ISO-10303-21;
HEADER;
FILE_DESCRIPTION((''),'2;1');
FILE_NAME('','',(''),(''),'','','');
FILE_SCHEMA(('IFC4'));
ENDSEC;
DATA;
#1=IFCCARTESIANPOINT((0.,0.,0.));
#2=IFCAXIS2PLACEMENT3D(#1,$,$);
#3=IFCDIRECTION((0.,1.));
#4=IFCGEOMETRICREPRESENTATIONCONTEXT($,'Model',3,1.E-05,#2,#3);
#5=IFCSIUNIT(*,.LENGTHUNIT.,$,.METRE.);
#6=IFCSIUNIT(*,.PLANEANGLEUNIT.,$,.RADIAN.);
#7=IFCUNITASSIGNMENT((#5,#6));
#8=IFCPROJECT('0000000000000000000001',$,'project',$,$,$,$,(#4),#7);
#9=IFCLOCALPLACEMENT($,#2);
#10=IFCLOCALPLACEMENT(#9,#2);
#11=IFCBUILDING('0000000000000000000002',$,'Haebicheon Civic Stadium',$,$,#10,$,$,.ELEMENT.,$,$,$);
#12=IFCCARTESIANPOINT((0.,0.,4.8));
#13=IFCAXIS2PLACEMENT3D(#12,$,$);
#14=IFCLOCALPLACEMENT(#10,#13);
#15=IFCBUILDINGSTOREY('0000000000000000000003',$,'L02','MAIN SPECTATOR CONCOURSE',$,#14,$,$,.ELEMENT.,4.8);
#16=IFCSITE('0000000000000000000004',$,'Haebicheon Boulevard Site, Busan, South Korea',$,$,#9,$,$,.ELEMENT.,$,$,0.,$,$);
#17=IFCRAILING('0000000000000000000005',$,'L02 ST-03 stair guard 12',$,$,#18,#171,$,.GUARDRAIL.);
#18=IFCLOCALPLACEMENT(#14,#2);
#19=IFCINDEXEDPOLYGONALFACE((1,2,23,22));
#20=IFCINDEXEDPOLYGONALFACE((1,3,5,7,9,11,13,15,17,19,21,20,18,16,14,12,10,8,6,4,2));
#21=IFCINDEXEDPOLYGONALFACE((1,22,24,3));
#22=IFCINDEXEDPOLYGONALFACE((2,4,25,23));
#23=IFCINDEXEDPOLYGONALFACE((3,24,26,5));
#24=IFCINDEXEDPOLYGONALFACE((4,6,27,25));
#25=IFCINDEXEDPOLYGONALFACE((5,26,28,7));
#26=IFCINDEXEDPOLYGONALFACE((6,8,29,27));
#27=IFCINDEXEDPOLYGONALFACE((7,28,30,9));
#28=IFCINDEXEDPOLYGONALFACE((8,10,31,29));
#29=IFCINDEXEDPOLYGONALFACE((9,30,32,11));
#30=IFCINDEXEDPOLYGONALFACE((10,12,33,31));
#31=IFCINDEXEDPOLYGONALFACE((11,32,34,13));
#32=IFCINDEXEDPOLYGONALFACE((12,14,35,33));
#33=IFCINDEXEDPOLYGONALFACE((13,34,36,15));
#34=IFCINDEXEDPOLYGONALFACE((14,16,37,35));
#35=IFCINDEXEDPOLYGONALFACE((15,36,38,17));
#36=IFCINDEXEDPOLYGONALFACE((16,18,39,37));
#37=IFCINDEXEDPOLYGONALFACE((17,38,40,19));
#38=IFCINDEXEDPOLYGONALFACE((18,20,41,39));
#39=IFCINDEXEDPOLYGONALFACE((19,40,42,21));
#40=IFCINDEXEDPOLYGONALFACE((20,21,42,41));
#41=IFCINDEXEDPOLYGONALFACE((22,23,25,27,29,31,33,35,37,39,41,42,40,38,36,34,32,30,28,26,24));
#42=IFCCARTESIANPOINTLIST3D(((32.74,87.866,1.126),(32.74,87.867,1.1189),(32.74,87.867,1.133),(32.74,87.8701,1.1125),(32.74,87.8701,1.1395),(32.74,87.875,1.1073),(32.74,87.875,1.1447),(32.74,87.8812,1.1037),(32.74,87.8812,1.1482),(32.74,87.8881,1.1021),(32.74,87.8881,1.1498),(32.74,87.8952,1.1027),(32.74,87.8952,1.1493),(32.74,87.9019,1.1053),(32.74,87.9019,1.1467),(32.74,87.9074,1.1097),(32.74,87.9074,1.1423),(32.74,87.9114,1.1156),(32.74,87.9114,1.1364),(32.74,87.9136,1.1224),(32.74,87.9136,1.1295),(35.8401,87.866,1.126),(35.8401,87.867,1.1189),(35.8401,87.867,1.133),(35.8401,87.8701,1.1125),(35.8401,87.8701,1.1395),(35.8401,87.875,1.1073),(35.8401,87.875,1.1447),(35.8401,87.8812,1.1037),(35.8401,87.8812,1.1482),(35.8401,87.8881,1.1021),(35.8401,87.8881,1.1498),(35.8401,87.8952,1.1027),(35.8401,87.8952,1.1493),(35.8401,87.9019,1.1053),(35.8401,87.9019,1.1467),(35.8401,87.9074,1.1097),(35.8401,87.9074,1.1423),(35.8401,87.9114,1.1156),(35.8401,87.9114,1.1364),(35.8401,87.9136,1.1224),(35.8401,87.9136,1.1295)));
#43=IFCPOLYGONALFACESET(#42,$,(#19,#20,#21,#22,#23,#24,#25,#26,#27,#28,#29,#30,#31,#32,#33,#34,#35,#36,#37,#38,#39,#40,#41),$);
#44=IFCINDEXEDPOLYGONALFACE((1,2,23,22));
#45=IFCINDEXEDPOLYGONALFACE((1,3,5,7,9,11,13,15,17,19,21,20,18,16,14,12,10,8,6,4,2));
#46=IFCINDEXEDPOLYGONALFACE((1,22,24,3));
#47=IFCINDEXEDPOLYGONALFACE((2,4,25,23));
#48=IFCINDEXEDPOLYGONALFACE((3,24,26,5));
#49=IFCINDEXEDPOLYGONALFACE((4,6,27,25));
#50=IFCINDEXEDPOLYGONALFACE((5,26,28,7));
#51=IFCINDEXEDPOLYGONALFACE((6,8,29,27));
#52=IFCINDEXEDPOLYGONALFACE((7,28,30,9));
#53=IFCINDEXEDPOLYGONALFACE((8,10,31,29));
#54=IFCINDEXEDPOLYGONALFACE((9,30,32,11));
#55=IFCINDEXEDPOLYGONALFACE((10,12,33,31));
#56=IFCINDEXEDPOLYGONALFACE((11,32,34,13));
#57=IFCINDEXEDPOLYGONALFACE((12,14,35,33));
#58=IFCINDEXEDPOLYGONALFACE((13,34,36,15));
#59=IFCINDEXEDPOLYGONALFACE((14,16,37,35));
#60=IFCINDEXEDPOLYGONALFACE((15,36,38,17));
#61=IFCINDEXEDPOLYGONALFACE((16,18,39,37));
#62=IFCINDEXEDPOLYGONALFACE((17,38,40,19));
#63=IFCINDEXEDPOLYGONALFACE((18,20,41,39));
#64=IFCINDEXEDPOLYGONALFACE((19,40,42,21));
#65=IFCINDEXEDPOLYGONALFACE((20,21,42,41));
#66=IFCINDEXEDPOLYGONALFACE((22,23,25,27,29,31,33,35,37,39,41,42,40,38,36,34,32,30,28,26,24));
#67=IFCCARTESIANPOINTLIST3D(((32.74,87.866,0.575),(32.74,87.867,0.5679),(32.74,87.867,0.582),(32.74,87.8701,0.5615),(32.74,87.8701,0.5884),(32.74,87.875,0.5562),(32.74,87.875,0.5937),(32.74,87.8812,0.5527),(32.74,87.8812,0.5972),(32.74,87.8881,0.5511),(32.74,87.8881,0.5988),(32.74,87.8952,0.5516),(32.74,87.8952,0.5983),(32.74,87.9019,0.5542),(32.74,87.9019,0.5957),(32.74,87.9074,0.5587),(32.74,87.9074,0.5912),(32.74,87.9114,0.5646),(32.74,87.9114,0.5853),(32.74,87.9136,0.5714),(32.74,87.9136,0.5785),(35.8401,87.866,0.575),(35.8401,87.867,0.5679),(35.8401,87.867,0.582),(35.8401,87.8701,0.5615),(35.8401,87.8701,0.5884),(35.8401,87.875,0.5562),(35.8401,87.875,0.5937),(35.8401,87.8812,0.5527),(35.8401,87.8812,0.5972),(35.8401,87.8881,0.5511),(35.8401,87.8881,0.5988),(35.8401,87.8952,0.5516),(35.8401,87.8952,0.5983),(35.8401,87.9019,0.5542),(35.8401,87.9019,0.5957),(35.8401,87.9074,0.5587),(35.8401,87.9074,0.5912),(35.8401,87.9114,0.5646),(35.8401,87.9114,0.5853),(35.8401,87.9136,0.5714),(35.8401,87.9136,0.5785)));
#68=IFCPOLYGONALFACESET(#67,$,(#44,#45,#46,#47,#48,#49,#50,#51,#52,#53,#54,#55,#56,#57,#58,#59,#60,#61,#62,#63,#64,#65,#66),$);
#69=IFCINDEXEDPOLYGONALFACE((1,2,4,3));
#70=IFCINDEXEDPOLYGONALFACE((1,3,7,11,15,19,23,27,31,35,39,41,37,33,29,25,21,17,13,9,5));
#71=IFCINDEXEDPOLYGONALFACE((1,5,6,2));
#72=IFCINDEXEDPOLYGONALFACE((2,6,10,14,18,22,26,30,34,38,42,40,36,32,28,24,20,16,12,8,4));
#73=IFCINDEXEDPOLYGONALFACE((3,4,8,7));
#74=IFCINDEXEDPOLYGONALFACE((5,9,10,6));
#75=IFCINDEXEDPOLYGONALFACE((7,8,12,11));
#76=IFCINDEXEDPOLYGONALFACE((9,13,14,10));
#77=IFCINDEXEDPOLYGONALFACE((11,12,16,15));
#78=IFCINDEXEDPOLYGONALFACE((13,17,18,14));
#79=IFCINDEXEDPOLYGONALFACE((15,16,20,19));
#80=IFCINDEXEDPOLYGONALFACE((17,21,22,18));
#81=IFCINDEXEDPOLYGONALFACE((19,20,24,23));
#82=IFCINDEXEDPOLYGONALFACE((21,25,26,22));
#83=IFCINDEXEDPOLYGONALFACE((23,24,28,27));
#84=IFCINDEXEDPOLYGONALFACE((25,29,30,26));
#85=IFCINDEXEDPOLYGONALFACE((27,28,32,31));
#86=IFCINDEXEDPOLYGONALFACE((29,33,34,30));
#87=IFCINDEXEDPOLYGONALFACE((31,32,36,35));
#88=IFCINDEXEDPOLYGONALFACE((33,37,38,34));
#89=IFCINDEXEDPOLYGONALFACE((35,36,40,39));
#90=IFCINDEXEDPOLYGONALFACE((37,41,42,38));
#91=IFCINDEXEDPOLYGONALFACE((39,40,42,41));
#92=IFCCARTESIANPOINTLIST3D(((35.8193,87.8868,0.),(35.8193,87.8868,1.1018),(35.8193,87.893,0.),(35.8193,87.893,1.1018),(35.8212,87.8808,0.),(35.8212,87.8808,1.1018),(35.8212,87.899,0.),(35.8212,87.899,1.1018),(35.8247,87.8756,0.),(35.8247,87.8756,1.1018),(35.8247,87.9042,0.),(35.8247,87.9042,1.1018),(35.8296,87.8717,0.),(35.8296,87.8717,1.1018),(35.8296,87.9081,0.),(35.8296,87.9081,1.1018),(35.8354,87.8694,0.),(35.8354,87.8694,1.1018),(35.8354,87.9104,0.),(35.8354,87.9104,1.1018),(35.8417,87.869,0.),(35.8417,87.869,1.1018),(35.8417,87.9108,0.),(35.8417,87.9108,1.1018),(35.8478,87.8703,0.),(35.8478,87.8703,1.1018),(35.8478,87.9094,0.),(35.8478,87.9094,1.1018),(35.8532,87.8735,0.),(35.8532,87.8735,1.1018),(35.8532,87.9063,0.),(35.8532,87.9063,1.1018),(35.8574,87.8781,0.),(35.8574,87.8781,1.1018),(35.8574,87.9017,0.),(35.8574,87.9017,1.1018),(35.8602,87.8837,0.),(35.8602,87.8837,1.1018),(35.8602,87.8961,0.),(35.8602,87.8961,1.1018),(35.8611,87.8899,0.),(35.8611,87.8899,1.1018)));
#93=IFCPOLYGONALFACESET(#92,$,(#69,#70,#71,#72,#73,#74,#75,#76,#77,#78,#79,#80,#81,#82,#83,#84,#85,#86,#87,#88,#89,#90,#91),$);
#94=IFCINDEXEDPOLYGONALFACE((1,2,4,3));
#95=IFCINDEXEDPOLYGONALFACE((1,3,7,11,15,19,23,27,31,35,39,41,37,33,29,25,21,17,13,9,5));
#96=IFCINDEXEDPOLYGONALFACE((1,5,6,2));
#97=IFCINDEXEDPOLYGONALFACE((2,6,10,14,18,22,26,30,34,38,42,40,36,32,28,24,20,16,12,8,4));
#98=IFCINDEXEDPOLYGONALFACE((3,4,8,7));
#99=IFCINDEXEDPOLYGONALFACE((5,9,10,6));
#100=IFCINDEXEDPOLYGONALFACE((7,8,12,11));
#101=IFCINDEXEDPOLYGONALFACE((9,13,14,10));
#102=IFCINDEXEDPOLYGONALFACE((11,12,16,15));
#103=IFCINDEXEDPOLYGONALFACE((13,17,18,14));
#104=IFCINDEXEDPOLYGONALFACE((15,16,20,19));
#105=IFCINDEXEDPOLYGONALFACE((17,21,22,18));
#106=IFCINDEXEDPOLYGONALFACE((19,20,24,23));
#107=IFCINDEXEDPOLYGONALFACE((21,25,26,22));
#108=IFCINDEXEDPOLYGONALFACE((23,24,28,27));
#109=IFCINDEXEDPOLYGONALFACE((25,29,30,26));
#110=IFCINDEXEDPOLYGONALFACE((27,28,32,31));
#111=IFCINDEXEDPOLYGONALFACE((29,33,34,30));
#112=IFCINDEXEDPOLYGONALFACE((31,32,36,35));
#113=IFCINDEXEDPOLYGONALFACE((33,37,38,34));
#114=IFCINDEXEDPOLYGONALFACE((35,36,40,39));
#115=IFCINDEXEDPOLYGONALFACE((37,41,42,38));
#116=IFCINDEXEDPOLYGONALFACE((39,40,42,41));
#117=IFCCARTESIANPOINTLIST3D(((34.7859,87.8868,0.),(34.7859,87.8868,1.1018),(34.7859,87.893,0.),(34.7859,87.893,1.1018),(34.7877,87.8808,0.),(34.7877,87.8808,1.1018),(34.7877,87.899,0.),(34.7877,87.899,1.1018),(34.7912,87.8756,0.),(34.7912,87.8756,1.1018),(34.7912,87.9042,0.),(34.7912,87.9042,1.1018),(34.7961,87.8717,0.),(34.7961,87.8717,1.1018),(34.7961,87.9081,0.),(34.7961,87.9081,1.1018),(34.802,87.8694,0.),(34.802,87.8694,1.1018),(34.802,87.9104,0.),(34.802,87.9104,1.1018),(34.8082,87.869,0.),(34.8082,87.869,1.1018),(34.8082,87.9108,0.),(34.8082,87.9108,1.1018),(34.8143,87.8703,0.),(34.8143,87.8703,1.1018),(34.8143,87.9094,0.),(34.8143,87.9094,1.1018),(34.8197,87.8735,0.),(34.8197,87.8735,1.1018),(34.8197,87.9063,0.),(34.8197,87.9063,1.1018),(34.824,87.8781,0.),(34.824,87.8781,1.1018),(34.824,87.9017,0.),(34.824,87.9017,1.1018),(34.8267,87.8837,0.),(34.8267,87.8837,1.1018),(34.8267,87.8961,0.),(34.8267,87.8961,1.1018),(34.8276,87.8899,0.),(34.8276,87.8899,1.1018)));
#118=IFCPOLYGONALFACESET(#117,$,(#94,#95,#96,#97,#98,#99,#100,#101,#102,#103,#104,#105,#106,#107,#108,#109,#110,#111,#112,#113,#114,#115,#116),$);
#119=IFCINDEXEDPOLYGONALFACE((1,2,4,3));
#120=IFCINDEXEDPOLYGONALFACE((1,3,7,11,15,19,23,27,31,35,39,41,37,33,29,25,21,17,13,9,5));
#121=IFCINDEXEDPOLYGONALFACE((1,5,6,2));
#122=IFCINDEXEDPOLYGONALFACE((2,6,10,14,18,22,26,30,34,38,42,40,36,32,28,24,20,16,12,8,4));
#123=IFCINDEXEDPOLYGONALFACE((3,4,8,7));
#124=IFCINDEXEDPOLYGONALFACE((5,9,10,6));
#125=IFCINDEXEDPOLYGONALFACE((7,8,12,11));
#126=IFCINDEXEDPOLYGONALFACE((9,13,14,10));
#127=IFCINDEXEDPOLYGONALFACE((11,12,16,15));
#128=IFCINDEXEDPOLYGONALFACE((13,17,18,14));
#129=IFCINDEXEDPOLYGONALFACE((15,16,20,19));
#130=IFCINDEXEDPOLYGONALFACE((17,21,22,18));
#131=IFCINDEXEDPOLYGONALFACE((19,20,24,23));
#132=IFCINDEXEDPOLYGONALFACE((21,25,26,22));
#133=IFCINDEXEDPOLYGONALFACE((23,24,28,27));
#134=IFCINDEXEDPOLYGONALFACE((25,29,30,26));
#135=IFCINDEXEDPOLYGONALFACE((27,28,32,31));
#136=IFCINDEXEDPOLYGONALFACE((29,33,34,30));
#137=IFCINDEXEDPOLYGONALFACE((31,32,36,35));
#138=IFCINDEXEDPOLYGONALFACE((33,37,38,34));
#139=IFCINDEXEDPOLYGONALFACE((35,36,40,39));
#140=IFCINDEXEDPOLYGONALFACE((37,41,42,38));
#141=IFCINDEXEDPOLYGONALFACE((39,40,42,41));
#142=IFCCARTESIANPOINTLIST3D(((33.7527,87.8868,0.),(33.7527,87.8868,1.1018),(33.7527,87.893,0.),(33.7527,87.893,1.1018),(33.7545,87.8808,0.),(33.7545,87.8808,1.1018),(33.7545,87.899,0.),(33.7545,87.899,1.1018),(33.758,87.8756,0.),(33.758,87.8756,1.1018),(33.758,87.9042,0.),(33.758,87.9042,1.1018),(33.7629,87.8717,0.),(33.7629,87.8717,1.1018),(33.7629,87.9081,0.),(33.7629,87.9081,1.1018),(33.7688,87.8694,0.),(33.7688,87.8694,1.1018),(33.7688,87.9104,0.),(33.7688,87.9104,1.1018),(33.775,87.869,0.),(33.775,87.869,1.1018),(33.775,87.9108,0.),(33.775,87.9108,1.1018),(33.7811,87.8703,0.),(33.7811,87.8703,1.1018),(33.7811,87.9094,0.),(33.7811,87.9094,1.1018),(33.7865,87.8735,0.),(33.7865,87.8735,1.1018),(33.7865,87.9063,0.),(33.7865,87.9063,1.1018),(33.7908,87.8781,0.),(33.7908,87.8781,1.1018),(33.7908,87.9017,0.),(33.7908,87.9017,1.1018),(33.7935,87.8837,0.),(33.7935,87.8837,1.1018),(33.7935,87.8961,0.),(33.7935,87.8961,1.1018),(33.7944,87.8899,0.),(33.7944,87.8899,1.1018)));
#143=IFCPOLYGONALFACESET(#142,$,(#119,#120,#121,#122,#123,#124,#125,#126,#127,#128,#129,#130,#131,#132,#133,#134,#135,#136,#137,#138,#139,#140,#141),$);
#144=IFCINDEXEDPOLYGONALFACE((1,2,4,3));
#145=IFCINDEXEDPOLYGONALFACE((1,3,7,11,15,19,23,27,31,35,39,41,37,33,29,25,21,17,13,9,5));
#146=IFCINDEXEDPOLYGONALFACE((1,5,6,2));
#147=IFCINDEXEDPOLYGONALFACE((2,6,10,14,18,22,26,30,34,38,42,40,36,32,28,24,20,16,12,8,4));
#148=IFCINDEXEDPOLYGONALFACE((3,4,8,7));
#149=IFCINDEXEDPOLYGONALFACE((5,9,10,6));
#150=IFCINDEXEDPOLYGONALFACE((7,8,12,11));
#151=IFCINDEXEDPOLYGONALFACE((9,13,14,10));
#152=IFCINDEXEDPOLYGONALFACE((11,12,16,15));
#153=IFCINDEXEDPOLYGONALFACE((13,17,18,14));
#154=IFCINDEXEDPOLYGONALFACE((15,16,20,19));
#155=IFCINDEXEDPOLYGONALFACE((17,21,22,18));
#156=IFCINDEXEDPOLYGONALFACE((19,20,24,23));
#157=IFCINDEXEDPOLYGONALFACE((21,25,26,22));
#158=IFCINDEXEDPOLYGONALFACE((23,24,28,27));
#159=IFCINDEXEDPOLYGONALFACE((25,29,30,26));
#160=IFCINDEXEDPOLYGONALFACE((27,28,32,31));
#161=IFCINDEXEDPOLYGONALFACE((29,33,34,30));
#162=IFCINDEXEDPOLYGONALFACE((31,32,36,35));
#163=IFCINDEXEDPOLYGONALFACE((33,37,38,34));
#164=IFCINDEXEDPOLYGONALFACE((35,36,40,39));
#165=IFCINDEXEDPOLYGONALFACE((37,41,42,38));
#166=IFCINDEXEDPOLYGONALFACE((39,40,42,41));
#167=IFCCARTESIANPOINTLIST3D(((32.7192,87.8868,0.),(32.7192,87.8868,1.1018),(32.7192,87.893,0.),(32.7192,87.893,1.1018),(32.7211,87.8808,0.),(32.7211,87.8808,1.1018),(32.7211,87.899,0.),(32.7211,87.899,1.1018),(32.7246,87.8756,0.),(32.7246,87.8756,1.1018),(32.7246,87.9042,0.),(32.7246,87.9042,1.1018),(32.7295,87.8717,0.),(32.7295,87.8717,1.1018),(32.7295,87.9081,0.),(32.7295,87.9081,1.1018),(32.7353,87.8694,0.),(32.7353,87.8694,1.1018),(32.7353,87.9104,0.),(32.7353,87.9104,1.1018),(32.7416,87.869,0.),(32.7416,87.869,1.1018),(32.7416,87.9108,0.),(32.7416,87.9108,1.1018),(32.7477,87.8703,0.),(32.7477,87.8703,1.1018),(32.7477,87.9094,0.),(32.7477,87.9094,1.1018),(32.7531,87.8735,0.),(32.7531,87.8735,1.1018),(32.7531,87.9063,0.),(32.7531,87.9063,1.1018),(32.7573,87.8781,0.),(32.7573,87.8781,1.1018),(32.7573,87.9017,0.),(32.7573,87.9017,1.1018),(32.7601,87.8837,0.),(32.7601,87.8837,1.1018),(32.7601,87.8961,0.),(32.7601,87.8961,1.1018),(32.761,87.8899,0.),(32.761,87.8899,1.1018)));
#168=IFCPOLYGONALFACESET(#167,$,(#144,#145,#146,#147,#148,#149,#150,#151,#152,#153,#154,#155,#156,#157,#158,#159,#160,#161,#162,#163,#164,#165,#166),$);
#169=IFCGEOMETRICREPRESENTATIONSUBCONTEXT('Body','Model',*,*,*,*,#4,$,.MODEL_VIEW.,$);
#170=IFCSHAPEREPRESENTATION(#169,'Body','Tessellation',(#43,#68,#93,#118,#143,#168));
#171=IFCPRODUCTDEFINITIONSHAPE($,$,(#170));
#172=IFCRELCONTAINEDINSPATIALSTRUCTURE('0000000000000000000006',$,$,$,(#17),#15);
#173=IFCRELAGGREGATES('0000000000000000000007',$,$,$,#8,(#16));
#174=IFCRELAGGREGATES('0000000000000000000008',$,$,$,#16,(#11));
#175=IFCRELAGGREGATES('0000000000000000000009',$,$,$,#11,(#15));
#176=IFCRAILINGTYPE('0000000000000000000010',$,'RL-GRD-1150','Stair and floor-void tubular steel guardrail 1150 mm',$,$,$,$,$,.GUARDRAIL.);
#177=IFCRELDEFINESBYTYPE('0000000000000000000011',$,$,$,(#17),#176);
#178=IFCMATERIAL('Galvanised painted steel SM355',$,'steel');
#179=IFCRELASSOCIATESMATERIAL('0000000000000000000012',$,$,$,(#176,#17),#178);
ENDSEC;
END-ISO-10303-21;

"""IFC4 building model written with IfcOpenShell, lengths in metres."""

from ifc_helpers import new_model, si_unit, direction, frame, origin, origin_2d, place, context, subcontext, project, spatial, circle, extrude, material, type_object, element, save


model = new_model("IFC4")

# Units and contexts
model_context = context("Model", 3, precision=1e-05, world=origin(), true_north=direction((0.0, 1.0)))
body_context = subcontext(model_context, "Body", "Model", "MODEL_VIEW")
ifc_project = project(units=[si_unit("LENGTHUNIT", "METRE"), si_unit("PLANEANGLEUNIT", "RADIAN")], contexts=[model_context])

# Site, building, storey
site_placement = place(None, origin())
site = spatial("IfcSite", under=ifc_project, at=site_placement, Name="Haebicheon Boulevard Site, Busan, South Korea", CompositionType="ELEMENT", RefElevation=0.0)
building_placement = place(site_placement, origin())
building = spatial("IfcBuilding", under=site, at=building_placement, Name="Haebicheon Civic Stadium", CompositionType="ELEMENT")
storey_placement = place(building_placement, frame((0.0, 0.0, 4.8)))
storey = spatial("IfcBuildingStorey", under=building, at=storey_placement, Name="L02", Description="MAIN SPECTATOR CONCOURSE", CompositionType="ELEMENT", Elevation=4.8)

# Railing
ifc_material_1 = material(Name="Galvanised painted steel SM355", Category="steel")
railing_type_1 = type_object("IfcRailingType", Name="RL-GRD-1150", Description="Stair and floor-void tubular steel guardrail 1150 mm", PredefinedType="GUARDRAIL", material=ifc_material_1)
railing_1_placement = place(storey_placement, frame((35.8401, 87.8899, 0.0)))
element("IfcRailing", 1, at=railing_1_placement, inside=storey, type_object=railing_type_1, material=ifc_material_1, Name="L02 ST-03 stair guard 12", PredefinedType="GUARDRAIL", context=body_context, shape_type="SweptSolid", body=[
    extrude(circle(Radius=0.0239, at=origin_2d()), frame((0.0, 0.0, 1.126), z_axis=(-1.0, 0.0, 0.0), x_axis=(0.0, -1.0, 0.0)), (0.0, 0.0, 1.0), 3.1001),
    extrude(circle(Radius=0.0239, at=origin_2d()), frame((0.0, 0.0, 0.575), z_axis=(-1.0, 0.0, 0.0), x_axis=(0.0, -1.0, 0.0)), (0.0, 0.0, 1.0), 3.1001),
    extrude(circle(Radius=0.021, at=origin_2d()), origin(), (0.0, 0.0, 1.0), 1.1018),
    extrude(circle(Radius=0.021, at=origin_2d()), frame((-1.0334, 0.0, 0.0)), (0.0, 0.0, 1.0), 1.1018),
    extrude(circle(Radius=0.021, at=origin_2d()), frame((-2.0667, 0.0, 0.0)), (0.0, 0.0, 1.0), 1.1018),
    extrude(circle(Radius=0.021, at=origin_2d()), frame((-3.1001, 0.0, 0.0)), (0.0, 0.0, 1.0), 1.1018),
])

save(model, "model.ifc")
